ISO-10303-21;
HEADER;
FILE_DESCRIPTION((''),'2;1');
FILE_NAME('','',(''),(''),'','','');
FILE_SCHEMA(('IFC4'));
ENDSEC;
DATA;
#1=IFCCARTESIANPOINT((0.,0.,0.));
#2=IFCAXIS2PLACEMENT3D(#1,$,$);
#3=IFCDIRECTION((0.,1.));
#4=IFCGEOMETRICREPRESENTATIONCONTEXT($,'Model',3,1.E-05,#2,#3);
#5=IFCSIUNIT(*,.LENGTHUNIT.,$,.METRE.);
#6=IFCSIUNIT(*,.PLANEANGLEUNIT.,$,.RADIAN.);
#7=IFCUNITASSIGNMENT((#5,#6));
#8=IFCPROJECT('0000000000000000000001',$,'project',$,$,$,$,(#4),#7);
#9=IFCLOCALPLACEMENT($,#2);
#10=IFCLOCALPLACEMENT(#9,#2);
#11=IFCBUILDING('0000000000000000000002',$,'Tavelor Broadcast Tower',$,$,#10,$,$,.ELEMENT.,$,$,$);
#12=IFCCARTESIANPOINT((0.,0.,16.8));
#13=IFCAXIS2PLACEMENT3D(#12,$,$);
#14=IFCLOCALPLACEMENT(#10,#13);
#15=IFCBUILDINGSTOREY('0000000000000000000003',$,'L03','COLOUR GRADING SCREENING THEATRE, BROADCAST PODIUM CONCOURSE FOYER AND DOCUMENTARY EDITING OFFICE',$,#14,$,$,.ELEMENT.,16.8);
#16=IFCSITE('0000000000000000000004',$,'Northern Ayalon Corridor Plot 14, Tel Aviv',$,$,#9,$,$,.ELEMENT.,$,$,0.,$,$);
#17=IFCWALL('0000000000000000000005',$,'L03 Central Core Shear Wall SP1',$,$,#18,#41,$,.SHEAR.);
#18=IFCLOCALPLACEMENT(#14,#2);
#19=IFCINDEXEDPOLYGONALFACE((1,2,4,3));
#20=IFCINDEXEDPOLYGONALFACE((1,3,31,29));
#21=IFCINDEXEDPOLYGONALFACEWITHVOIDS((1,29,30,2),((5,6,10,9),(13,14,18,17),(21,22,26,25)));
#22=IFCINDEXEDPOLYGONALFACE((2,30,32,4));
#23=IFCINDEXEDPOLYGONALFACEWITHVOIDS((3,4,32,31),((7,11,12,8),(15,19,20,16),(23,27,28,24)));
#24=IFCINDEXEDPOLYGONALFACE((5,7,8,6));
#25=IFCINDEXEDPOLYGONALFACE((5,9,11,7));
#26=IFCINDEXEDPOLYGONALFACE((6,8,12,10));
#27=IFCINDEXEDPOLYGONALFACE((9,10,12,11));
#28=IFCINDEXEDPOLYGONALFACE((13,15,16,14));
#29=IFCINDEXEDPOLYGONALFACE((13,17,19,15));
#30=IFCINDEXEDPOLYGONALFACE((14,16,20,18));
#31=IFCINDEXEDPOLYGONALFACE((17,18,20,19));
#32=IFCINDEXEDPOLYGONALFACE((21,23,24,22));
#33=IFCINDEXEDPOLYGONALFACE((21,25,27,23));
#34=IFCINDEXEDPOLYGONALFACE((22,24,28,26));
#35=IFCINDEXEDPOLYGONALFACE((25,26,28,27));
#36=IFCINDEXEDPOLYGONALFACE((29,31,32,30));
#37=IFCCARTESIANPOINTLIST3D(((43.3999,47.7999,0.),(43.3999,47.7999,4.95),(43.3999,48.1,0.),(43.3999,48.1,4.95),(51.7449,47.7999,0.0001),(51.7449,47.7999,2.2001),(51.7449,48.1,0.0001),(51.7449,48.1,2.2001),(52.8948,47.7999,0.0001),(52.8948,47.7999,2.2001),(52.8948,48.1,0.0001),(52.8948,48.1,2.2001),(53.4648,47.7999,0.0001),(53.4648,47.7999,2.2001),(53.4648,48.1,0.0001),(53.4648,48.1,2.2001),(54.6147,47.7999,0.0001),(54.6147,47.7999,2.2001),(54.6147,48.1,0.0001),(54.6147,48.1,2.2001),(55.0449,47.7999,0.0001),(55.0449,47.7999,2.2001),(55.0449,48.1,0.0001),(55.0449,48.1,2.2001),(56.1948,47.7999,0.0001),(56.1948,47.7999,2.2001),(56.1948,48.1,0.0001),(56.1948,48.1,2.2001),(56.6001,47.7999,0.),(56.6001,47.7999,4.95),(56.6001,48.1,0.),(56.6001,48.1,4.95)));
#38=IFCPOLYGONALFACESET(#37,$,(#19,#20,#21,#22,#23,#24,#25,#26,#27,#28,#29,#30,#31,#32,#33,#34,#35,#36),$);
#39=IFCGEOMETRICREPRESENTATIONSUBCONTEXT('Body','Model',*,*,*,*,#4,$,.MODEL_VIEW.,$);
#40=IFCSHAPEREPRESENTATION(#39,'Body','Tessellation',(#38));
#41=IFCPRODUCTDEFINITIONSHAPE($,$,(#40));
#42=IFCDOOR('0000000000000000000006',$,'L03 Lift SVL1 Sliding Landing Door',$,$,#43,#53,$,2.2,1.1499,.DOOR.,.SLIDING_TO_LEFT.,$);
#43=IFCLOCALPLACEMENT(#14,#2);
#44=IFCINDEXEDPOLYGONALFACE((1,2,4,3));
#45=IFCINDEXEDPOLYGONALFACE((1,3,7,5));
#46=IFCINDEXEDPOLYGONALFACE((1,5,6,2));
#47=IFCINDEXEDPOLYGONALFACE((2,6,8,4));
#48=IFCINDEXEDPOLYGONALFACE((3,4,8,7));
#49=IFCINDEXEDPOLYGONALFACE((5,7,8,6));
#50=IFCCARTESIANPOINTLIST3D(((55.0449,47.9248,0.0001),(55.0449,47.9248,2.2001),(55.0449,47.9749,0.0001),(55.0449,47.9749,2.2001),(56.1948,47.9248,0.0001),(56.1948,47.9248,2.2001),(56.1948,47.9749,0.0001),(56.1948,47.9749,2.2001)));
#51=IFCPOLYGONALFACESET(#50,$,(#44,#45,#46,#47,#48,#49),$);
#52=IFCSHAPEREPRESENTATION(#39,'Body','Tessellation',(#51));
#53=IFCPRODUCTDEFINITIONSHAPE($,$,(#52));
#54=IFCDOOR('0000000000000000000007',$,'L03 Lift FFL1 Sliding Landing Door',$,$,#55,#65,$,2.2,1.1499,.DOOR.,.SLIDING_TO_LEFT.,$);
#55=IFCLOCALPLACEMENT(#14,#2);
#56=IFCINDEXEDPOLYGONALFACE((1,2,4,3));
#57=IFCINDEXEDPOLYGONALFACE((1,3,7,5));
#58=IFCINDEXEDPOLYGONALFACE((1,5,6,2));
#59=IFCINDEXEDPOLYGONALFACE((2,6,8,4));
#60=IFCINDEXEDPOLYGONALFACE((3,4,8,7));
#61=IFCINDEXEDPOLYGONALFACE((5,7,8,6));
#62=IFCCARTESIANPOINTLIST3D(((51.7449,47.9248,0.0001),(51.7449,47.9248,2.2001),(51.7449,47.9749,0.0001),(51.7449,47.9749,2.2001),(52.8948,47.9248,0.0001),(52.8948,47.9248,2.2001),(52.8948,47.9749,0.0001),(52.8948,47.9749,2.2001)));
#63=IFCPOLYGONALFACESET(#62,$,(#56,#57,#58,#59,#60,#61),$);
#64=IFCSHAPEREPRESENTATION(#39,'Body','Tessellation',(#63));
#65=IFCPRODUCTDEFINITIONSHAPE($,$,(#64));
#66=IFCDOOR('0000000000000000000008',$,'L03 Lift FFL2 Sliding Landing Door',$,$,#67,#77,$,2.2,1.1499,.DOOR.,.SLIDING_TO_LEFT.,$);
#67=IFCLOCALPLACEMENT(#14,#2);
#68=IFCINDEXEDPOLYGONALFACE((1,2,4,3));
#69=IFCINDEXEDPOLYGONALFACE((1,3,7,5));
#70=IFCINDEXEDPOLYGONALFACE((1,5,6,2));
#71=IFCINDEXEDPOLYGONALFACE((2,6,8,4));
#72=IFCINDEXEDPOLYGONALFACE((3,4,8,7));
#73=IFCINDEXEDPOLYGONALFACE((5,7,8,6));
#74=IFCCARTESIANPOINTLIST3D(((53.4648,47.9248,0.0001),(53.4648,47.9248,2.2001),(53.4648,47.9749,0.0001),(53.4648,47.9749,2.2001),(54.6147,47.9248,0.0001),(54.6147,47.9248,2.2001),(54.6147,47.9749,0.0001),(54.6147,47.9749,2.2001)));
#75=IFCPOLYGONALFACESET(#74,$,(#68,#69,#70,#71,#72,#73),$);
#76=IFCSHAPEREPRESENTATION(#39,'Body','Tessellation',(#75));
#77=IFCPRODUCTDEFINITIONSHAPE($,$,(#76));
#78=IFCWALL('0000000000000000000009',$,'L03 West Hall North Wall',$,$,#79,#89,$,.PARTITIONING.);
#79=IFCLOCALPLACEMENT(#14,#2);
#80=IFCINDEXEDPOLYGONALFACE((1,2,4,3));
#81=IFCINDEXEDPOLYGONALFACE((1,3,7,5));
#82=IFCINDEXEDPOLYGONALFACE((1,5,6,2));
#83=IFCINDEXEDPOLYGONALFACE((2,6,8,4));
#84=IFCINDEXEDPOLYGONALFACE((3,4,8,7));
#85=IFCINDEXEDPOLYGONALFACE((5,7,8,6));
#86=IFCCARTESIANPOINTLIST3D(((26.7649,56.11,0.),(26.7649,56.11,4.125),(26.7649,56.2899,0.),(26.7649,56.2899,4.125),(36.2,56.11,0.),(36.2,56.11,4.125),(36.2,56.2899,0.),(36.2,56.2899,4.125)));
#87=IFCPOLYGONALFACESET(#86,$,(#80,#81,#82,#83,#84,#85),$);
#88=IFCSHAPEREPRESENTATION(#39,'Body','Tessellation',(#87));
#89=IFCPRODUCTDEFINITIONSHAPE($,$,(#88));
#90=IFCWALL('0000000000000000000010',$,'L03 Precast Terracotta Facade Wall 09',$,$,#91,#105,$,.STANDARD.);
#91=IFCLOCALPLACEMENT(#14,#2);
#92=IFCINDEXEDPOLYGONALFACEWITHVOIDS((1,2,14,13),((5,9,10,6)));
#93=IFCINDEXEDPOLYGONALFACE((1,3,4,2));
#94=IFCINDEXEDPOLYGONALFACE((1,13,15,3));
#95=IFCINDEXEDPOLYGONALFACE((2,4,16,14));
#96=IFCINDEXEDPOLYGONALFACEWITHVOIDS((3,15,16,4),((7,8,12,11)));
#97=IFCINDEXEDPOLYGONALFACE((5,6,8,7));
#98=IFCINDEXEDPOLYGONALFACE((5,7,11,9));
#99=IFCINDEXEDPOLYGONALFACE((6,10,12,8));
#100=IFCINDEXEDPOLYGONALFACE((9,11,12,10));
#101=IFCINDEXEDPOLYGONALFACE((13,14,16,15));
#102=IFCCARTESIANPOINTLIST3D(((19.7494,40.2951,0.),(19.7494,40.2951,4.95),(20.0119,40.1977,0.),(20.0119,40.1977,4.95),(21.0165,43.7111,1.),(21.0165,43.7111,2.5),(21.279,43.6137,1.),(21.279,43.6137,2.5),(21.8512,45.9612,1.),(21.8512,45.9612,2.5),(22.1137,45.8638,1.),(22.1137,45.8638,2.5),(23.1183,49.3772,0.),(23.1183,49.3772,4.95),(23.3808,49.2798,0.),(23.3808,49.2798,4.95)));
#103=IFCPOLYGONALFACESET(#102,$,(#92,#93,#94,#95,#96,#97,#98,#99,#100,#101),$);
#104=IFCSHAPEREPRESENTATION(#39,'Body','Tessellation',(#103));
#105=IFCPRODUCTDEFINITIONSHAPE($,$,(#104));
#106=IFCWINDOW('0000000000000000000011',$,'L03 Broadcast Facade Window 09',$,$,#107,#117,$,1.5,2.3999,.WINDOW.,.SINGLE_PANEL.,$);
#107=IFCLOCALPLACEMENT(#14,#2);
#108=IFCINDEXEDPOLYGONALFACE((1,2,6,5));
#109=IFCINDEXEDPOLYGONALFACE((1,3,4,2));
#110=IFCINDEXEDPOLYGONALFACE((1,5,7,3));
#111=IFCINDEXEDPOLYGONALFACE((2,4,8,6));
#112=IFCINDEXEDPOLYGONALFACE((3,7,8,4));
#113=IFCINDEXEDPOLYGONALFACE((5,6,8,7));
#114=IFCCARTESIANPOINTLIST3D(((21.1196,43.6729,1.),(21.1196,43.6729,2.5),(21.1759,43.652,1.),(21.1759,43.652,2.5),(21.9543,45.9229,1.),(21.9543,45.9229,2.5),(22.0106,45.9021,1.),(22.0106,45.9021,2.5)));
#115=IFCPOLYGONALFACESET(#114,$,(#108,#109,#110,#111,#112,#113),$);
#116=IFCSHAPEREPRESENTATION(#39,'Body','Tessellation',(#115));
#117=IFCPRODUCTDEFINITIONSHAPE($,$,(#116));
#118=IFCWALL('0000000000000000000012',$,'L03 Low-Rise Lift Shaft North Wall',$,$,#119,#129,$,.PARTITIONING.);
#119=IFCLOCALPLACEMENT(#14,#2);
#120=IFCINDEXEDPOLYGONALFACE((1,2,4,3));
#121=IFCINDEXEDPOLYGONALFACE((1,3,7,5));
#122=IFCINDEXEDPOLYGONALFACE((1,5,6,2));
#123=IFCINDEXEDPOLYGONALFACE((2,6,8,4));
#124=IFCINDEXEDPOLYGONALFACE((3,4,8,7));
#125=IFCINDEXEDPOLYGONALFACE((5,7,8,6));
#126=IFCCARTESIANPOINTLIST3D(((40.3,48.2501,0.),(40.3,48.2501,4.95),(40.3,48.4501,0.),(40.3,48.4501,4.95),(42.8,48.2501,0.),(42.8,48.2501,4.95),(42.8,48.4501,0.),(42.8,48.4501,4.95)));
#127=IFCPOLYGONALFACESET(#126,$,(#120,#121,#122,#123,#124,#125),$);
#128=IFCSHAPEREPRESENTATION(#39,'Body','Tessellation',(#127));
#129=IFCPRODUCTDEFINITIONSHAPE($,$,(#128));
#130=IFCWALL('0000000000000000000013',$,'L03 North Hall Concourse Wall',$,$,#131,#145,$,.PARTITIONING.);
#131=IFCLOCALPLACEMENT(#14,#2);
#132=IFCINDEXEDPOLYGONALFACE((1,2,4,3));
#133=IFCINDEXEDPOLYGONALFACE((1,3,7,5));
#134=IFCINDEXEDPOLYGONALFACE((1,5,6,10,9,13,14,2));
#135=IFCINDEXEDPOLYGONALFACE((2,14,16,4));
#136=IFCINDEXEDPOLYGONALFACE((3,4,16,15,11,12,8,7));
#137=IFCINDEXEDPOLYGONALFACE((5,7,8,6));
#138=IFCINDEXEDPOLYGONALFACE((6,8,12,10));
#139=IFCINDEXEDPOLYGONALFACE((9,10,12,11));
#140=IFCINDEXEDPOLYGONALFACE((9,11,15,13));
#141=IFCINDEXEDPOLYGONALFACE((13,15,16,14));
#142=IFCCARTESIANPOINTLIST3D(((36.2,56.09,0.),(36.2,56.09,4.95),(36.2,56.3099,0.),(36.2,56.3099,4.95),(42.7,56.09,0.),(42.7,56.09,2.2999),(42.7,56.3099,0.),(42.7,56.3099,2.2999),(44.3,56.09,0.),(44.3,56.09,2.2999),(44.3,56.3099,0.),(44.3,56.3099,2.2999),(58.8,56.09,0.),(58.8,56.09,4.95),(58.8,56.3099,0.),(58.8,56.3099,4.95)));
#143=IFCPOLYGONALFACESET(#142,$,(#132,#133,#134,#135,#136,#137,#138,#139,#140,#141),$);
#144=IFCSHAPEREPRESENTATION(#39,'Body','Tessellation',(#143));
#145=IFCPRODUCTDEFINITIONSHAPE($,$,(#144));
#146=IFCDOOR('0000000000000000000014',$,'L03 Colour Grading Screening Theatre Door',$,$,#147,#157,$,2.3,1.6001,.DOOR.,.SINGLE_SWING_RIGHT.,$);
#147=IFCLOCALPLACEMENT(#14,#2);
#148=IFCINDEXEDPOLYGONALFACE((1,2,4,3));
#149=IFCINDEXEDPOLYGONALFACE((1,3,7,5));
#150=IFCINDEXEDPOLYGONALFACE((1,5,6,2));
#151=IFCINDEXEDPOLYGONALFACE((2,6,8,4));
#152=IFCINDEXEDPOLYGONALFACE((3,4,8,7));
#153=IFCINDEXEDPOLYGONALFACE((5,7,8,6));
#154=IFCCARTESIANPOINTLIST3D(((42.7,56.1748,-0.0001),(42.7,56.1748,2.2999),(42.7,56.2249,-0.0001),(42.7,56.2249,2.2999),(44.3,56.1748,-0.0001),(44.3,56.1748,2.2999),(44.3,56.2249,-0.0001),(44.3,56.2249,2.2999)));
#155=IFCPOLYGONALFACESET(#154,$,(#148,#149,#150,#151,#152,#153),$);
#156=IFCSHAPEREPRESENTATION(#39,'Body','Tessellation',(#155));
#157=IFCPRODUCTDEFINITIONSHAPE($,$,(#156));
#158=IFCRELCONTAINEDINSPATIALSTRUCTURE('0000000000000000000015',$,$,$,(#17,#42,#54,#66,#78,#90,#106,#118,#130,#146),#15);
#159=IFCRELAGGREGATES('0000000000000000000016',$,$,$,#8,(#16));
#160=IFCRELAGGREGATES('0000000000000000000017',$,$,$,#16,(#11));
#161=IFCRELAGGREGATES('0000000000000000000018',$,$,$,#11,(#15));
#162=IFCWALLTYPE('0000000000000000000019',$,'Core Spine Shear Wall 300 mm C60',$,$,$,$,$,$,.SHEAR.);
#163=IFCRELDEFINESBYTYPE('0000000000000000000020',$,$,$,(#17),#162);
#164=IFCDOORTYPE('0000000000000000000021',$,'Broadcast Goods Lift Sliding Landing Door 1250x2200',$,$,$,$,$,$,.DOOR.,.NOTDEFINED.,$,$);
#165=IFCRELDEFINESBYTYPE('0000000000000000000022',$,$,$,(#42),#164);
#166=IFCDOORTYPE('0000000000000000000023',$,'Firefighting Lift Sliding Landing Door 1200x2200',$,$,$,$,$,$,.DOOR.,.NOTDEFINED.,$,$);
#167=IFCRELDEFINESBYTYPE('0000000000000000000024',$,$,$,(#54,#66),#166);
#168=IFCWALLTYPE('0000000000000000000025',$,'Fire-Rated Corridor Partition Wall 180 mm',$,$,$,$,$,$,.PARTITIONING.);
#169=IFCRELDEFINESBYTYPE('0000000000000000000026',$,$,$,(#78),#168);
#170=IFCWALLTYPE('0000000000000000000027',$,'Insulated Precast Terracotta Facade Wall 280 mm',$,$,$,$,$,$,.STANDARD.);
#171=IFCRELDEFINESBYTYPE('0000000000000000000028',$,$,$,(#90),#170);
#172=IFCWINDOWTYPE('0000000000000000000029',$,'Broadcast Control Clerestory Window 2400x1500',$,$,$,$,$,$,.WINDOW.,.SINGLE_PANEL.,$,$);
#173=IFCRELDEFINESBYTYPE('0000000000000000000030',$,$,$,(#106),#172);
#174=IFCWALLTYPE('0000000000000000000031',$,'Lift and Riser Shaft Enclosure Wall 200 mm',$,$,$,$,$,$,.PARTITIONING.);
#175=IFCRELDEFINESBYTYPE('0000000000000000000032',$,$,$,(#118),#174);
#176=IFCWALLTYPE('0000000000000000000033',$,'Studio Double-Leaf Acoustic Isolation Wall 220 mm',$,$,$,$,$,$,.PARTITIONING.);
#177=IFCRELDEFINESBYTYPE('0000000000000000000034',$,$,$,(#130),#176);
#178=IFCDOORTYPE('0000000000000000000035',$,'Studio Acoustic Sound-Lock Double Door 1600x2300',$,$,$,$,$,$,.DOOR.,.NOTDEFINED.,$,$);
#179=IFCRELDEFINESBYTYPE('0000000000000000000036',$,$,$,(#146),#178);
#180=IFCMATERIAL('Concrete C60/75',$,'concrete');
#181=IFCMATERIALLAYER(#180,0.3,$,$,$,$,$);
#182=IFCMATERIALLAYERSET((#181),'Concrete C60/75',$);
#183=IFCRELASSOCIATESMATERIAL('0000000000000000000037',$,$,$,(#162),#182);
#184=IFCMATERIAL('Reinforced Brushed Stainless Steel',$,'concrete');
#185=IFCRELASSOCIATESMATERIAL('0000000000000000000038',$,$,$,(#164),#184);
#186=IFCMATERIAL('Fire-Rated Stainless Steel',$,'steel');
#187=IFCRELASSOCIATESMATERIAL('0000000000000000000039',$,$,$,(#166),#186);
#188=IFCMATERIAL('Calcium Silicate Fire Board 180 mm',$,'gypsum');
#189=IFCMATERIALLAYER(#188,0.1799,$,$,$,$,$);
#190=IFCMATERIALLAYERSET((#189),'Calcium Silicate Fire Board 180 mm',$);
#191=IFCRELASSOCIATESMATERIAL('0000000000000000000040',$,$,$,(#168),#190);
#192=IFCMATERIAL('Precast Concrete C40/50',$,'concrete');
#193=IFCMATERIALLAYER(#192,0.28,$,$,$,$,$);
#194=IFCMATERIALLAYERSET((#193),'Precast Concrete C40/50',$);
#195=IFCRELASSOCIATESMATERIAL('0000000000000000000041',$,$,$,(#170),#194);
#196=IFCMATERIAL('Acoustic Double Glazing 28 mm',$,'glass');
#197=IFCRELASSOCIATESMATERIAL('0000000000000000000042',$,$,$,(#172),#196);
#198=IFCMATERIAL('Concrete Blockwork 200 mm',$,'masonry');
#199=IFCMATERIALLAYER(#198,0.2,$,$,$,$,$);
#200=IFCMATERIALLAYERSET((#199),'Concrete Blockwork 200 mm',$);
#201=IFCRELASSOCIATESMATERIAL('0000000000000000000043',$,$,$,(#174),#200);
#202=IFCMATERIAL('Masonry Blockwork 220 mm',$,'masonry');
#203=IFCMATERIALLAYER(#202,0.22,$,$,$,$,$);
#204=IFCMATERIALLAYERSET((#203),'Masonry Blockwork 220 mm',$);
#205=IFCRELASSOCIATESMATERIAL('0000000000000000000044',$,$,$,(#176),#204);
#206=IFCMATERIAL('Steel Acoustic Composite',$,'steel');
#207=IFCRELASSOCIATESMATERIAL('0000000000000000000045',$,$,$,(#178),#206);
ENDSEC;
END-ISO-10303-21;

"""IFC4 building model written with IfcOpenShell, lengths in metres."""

from ifc_helpers import new_model, si_unit, direction, frame, frame_2d, origin, place, context, subcontext, project, spatial, rectangle, extrude, material, layer, layer_set, type_object, element, fill, save


model = new_model("IFC4")

# Units and contexts
model_context = context("Model", 3, precision=1e-05, world=origin(), true_north=direction((0.0, 1.0)))
body_context = subcontext(model_context, "Body", "Model", "MODEL_VIEW")
ifc_project = project(units=[si_unit("LENGTHUNIT", "METRE"), si_unit("PLANEANGLEUNIT", "RADIAN")], contexts=[model_context])

# Site, building, storey
site_placement = place(None, origin())
site = spatial("IfcSite", under=ifc_project, at=site_placement, Name="Northern Ayalon Corridor Plot 14, Tel Aviv", CompositionType="ELEMENT", RefElevation=0.0)
building_placement = place(site_placement, origin())
building = spatial("IfcBuilding", under=site, at=building_placement, Name="Tavelor Broadcast Tower", CompositionType="ELEMENT")
storey_placement = place(building_placement, frame((0.0, 0.0, 16.8)))
storey = spatial("IfcBuildingStorey", under=building, at=storey_placement, Name="L03", Description="COLOUR GRADING SCREENING THEATRE, BROADCAST PODIUM CONCOURSE FOYER AND DOCUMENTARY EDITING OFFICE", CompositionType="ELEMENT", Elevation=16.8)

# Shared definitions
ifc_material_1 = material(Name="Concrete C60/75", Category="concrete")

# Wall, openings, doors
ifc_layer_1 = layer(ifc_material_1, 0.3)
ifc_layer_set_1 = layer_set([ifc_layer_1], Name="Concrete C60/75")
wall_type_1 = type_object("IfcWallType", Name="Core Spine Shear Wall 300 mm C60", PredefinedType="SHEAR", material=ifc_layer_set_1)
wall_1_placement = place(storey_placement, frame((43.3999, 47.95, 0.0), z_axis=(0.0, 0.0, 1.0), x_axis=(1.0, 0.0, 0.0)))
wall_1 = element("IfcWall", 1, at=wall_1_placement, inside=storey, type_object=wall_type_1, Name="L03 Central Core Shear Wall SP1", PredefinedType="SHEAR", context=body_context, shape_type="SweptSolid", body=[
    extrude(rectangle(XDim=13.2002, YDim=0.3, at=frame_2d((6.6001, 0.0))), origin(), (0.0, 0.0, 1.0), 4.95),
])
opening_1_placement = place(wall_1_placement, frame((8.345, 0.0, 0.0)))
opening_1 = element("IfcOpeningElement", 2, at=opening_1_placement, cuts=wall_1, PredefinedType="OPENING", context=body_context, shape_type="SweptSolid", body=[
    extrude(rectangle(XDim=1.1499, YDim=2.2, at=frame_2d((0.575, 1.1001))), frame((0.0, 0.1602, 0.0), z_axis=(0.0, -1.0, 0.0), x_axis=(1.0, 0.0, 0.0)), (0.0, 0.0, 1.0), 0.3201),
])
opening_2_placement = place(wall_1_placement, frame((10.0649, 0.0, 0.0)))
opening_2 = element("IfcOpeningElement", 3, at=opening_2_placement, cuts=wall_1, PredefinedType="OPENING", context=body_context, shape_type="SweptSolid", body=[
    extrude(rectangle(XDim=1.1499, YDim=2.2, at=frame_2d((0.575, 1.1001))), frame((0.0, 0.1602, 0.0), z_axis=(0.0, -1.0, 0.0), x_axis=(1.0, 0.0, 0.0)), (0.0, 0.0, 1.0), 0.3201),
])
opening_3_placement = place(wall_1_placement, frame((11.645, 0.0, 0.0)))
opening_3 = element("IfcOpeningElement", 4, at=opening_3_placement, cuts=wall_1, PredefinedType="OPENING", context=body_context, shape_type="SweptSolid", body=[
    extrude(rectangle(XDim=1.1499, YDim=2.2, at=frame_2d((0.575, 1.1001))), frame((0.0, 0.1602, 0.0), z_axis=(0.0, -1.0, 0.0), x_axis=(1.0, 0.0, 0.0)), (0.0, 0.0, 1.0), 0.3201),
])
ifc_material_2 = material(Name="Reinforced Brushed Stainless Steel", Category="concrete")
door_type_1 = type_object("IfcDoorType", Name="Broadcast Goods Lift Sliding Landing Door 1250x2200", OperationType="NOTDEFINED", PredefinedType="DOOR", material=ifc_material_2)
door_1_placement = place(opening_3_placement, origin())
door_1 = element("IfcDoor", 5, at=door_1_placement, inside=storey, type_object=door_type_1, Name="L03 Lift SVL1 Sliding Landing Door", OperationType="SLIDING_TO_LEFT", OverallHeight=2.2, OverallWidth=1.1499, PredefinedType="DOOR", context=body_context, shape_type="SweptSolid", body=[
    extrude(rectangle(XDim=1.1499, YDim=2.2, at=frame_2d((0.575, 1.1001))), frame((0.0, 0.0249, 0.0), z_axis=(0.0, -1.0, 0.0), x_axis=(1.0, 0.0, 0.0)), (0.0, 0.0, 1.0), 0.05),
])
fill(opening_3, door_1)
ifc_material_3 = material(Name="Fire-Rated Stainless Steel", Category="steel")
door_type_2 = type_object("IfcDoorType", Name="Firefighting Lift Sliding Landing Door 1200x2200", OperationType="NOTDEFINED", PredefinedType="DOOR", material=ifc_material_3)
door_2_placement = place(opening_1_placement, origin())
door_2 = element("IfcDoor", 6, at=door_2_placement, inside=storey, type_object=door_type_2, Name="L03 Lift FFL1 Sliding Landing Door", OperationType="SLIDING_TO_LEFT", OverallHeight=2.2, OverallWidth=1.1499, PredefinedType="DOOR", context=body_context, shape_type="SweptSolid", body=[
    extrude(rectangle(XDim=1.1499, YDim=2.2, at=frame_2d((0.575, 1.1001))), frame((0.0, 0.0249, 0.0), z_axis=(0.0, -1.0, 0.0), x_axis=(1.0, 0.0, 0.0)), (0.0, 0.0, 1.0), 0.05),
])
fill(opening_1, door_2)
door_3_placement = place(opening_2_placement, origin())
door_3 = element("IfcDoor", 7, at=door_3_placement, inside=storey, type_object=door_type_2, Name="L03 Lift FFL2 Sliding Landing Door", OperationType="SLIDING_TO_LEFT", OverallHeight=2.2, OverallWidth=1.1499, PredefinedType="DOOR", context=body_context, shape_type="SweptSolid", body=[
    extrude(rectangle(XDim=1.1499, YDim=2.2, at=frame_2d((0.575, 1.1001))), frame((0.0, 0.0249, 0.0), z_axis=(0.0, -1.0, 0.0), x_axis=(1.0, 0.0, 0.0)), (0.0, 0.0, 1.0), 0.05),
])
fill(opening_2, door_3)

# Wall
ifc_material_4 = material(Name="Calcium Silicate Fire Board 180 mm", Category="gypsum")
ifc_layer_2 = layer(ifc_material_4, 0.1799)
ifc_layer_set_2 = layer_set([ifc_layer_2], Name="Calcium Silicate Fire Board 180 mm")
wall_type_2 = type_object("IfcWallType", Name="Fire-Rated Corridor Partition Wall 180 mm", PredefinedType="PARTITIONING", material=ifc_layer_set_2)
wall_2_placement = place(storey_placement, frame((26.7649, 56.2, 0.0), z_axis=(0.0, 0.0, 1.0), x_axis=(1.0, 0.0, 0.0)))
element("IfcWall", 8, at=wall_2_placement, inside=storey, type_object=wall_type_2, Name="L03 West Hall North Wall", PredefinedType="PARTITIONING", context=body_context, shape_type="SweptSolid", body=[
    extrude(rectangle(XDim=9.4351, YDim=0.1799, at=frame_2d((4.7175, 0.0))), origin(), (0.0, 0.0, 1.0), 4.125),
])

# Wall, opening, window
ifc_material_5 = material(Name="Precast Concrete C40/50", Category="concrete")
ifc_layer_3 = layer(ifc_material_5, 0.28)
ifc_layer_set_3 = layer_set([ifc_layer_3], Name="Precast Concrete C40/50")
wall_type_3 = type_object("IfcWallType", Name="Insulated Precast Terracotta Facade Wall 280 mm", PredefinedType="STANDARD", material=ifc_layer_set_3)
wall_3_placement = place(storey_placement, frame((23.2495, 49.3284, 0.0), z_axis=(0.0, 0.0, 1.0), x_axis=(-0.347785, -0.937574, 0.0)))
wall_3 = element("IfcWall", 9, at=wall_3_placement, inside=storey, type_object=wall_type_3, Name="L03 Precast Terracotta Facade Wall 09", PredefinedType="STANDARD", context=body_context, shape_type="SweptSolid", body=[
    extrude(rectangle(XDim=9.6868, YDim=0.28, at=frame_2d((4.8433, 0.0))), origin(), (0.0, 0.0, 1.0), 4.95),
])
opening_4_placement = place(wall_3_placement, frame((3.6433, 0.0, 1.0)))
opening_4 = element("IfcOpeningElement", 10, at=opening_4_placement, cuts=wall_3, PredefinedType="OPENING", context=body_context, shape_type="SweptSolid", body=[
    extrude(rectangle(XDim=2.3999, YDim=1.5, at=frame_2d((1.2, 0.75))), frame((0.0, 0.1499, 0.0), z_axis=(0.0, -1.0, 0.0), x_axis=(1.0, 0.0, 0.0)), (0.0, 0.0, 1.0), 0.3),
])
ifc_material_6 = material(Name="Acoustic Double Glazing 28 mm", Category="glass")
window_type = type_object("IfcWindowType", Name="Broadcast Control Clerestory Window 2400x1500", PartitioningType="SINGLE_PANEL", PredefinedType="WINDOW", material=ifc_material_6)
window_placement = place(opening_4_placement, origin())
window = element("IfcWindow", 11, at=window_placement, inside=storey, type_object=window_type, Name="L03 Broadcast Facade Window 09", OverallHeight=1.5, OverallWidth=2.3999, PartitioningType="SINGLE_PANEL", PredefinedType="WINDOW", context=body_context, shape_type="SweptSolid", body=[
    extrude(rectangle(XDim=2.3999, YDim=1.5, at=frame_2d((1.2, 0.75))), frame((0.0, 0.03, 0.0), z_axis=(0.0, -1.0, 0.0), x_axis=(1.0, 0.0, 0.0)), (0.0, 0.0, 1.0), 0.0601),
])
fill(opening_4, window)

# Wall
ifc_material_7 = material(Name="Concrete Blockwork 200 mm", Category="masonry")
ifc_layer_4 = layer(ifc_material_7, 0.2)
ifc_layer_set_4 = layer_set([ifc_layer_4], Name="Concrete Blockwork 200 mm")
wall_type_4 = type_object("IfcWallType", Name="Lift and Riser Shaft Enclosure Wall 200 mm", PredefinedType="PARTITIONING", material=ifc_layer_set_4)
wall_4_placement = place(storey_placement, frame((40.3, 48.3501, 0.0), z_axis=(0.0, 0.0, 1.0), x_axis=(1.0, 0.0, 0.0)))
element("IfcWall", 12, at=wall_4_placement, inside=storey, type_object=wall_type_4, Name="L03 Low-Rise Lift Shaft North Wall", PredefinedType="PARTITIONING", context=body_context, shape_type="SweptSolid", body=[
    extrude(rectangle(XDim=2.5, YDim=0.2, at=frame_2d((1.25, 0.0))), origin(), (0.0, 0.0, 1.0), 4.95),
])

# Wall, opening, door
ifc_material_8 = material(Name="Masonry Blockwork 220 mm", Category="masonry")
ifc_layer_5 = layer(ifc_material_8, 0.22)
ifc_layer_set_5 = layer_set([ifc_layer_5], Name="Masonry Blockwork 220 mm")
wall_type_5 = type_object("IfcWallType", Name="Studio Double-Leaf Acoustic Isolation Wall 220 mm", PredefinedType="PARTITIONING", material=ifc_layer_set_5)
wall_5_placement = place(storey_placement, frame((36.2, 56.2, 0.0), z_axis=(0.0, 0.0, 1.0), x_axis=(1.0, 0.0, 0.0)))
wall_5 = element("IfcWall", 13, at=wall_5_placement, inside=storey, type_object=wall_type_5, Name="L03 North Hall Concourse Wall", PredefinedType="PARTITIONING", context=body_context, shape_type="SweptSolid", body=[
    extrude(rectangle(XDim=22.6001, YDim=0.22, at=frame_2d((11.3, 0.0))), origin(), (0.0, 0.0, 1.0), 4.95),
])
opening_5_placement = place(wall_5_placement, frame((6.5, 0.0, 0.0)))
opening_5 = element("IfcOpeningElement", 14, at=opening_5_placement, cuts=wall_5, PredefinedType="OPENING", context=body_context, shape_type="SweptSolid", body=[
    extrude(rectangle(XDim=1.6001, YDim=2.3, at=frame_2d((0.8, 1.1499))), frame((0.0, 0.1201, 0.0), z_axis=(0.0, -1.0, 0.0), x_axis=(1.0, 0.0, 0.0)), (0.0, 0.0, 1.0), 0.24),
])
ifc_material_9 = material(Name="Steel Acoustic Composite", Category="steel")
door_type_3 = type_object("IfcDoorType", Name="Studio Acoustic Sound-Lock Double Door 1600x2300", OperationType="NOTDEFINED", PredefinedType="DOOR", material=ifc_material_9)
door_4_placement = place(opening_5_placement, origin())
door_4 = element("IfcDoor", 15, at=door_4_placement, inside=storey, type_object=door_type_3, Name="L03 Colour Grading Screening Theatre Door", OperationType="SINGLE_SWING_RIGHT", OverallHeight=2.3, OverallWidth=1.6001, PredefinedType="DOOR", context=body_context, shape_type="SweptSolid", body=[
    extrude(rectangle(XDim=1.6001, YDim=2.3, at=frame_2d((0.8, 1.1499))), frame((0.0, 0.0249, 0.0), z_axis=(0.0, -1.0, 0.0), x_axis=(1.0, 0.0, 0.0)), (0.0, 0.0, 1.0), 0.05),
])
fill(opening_5, door_4)

save(model, "model.ifc")
